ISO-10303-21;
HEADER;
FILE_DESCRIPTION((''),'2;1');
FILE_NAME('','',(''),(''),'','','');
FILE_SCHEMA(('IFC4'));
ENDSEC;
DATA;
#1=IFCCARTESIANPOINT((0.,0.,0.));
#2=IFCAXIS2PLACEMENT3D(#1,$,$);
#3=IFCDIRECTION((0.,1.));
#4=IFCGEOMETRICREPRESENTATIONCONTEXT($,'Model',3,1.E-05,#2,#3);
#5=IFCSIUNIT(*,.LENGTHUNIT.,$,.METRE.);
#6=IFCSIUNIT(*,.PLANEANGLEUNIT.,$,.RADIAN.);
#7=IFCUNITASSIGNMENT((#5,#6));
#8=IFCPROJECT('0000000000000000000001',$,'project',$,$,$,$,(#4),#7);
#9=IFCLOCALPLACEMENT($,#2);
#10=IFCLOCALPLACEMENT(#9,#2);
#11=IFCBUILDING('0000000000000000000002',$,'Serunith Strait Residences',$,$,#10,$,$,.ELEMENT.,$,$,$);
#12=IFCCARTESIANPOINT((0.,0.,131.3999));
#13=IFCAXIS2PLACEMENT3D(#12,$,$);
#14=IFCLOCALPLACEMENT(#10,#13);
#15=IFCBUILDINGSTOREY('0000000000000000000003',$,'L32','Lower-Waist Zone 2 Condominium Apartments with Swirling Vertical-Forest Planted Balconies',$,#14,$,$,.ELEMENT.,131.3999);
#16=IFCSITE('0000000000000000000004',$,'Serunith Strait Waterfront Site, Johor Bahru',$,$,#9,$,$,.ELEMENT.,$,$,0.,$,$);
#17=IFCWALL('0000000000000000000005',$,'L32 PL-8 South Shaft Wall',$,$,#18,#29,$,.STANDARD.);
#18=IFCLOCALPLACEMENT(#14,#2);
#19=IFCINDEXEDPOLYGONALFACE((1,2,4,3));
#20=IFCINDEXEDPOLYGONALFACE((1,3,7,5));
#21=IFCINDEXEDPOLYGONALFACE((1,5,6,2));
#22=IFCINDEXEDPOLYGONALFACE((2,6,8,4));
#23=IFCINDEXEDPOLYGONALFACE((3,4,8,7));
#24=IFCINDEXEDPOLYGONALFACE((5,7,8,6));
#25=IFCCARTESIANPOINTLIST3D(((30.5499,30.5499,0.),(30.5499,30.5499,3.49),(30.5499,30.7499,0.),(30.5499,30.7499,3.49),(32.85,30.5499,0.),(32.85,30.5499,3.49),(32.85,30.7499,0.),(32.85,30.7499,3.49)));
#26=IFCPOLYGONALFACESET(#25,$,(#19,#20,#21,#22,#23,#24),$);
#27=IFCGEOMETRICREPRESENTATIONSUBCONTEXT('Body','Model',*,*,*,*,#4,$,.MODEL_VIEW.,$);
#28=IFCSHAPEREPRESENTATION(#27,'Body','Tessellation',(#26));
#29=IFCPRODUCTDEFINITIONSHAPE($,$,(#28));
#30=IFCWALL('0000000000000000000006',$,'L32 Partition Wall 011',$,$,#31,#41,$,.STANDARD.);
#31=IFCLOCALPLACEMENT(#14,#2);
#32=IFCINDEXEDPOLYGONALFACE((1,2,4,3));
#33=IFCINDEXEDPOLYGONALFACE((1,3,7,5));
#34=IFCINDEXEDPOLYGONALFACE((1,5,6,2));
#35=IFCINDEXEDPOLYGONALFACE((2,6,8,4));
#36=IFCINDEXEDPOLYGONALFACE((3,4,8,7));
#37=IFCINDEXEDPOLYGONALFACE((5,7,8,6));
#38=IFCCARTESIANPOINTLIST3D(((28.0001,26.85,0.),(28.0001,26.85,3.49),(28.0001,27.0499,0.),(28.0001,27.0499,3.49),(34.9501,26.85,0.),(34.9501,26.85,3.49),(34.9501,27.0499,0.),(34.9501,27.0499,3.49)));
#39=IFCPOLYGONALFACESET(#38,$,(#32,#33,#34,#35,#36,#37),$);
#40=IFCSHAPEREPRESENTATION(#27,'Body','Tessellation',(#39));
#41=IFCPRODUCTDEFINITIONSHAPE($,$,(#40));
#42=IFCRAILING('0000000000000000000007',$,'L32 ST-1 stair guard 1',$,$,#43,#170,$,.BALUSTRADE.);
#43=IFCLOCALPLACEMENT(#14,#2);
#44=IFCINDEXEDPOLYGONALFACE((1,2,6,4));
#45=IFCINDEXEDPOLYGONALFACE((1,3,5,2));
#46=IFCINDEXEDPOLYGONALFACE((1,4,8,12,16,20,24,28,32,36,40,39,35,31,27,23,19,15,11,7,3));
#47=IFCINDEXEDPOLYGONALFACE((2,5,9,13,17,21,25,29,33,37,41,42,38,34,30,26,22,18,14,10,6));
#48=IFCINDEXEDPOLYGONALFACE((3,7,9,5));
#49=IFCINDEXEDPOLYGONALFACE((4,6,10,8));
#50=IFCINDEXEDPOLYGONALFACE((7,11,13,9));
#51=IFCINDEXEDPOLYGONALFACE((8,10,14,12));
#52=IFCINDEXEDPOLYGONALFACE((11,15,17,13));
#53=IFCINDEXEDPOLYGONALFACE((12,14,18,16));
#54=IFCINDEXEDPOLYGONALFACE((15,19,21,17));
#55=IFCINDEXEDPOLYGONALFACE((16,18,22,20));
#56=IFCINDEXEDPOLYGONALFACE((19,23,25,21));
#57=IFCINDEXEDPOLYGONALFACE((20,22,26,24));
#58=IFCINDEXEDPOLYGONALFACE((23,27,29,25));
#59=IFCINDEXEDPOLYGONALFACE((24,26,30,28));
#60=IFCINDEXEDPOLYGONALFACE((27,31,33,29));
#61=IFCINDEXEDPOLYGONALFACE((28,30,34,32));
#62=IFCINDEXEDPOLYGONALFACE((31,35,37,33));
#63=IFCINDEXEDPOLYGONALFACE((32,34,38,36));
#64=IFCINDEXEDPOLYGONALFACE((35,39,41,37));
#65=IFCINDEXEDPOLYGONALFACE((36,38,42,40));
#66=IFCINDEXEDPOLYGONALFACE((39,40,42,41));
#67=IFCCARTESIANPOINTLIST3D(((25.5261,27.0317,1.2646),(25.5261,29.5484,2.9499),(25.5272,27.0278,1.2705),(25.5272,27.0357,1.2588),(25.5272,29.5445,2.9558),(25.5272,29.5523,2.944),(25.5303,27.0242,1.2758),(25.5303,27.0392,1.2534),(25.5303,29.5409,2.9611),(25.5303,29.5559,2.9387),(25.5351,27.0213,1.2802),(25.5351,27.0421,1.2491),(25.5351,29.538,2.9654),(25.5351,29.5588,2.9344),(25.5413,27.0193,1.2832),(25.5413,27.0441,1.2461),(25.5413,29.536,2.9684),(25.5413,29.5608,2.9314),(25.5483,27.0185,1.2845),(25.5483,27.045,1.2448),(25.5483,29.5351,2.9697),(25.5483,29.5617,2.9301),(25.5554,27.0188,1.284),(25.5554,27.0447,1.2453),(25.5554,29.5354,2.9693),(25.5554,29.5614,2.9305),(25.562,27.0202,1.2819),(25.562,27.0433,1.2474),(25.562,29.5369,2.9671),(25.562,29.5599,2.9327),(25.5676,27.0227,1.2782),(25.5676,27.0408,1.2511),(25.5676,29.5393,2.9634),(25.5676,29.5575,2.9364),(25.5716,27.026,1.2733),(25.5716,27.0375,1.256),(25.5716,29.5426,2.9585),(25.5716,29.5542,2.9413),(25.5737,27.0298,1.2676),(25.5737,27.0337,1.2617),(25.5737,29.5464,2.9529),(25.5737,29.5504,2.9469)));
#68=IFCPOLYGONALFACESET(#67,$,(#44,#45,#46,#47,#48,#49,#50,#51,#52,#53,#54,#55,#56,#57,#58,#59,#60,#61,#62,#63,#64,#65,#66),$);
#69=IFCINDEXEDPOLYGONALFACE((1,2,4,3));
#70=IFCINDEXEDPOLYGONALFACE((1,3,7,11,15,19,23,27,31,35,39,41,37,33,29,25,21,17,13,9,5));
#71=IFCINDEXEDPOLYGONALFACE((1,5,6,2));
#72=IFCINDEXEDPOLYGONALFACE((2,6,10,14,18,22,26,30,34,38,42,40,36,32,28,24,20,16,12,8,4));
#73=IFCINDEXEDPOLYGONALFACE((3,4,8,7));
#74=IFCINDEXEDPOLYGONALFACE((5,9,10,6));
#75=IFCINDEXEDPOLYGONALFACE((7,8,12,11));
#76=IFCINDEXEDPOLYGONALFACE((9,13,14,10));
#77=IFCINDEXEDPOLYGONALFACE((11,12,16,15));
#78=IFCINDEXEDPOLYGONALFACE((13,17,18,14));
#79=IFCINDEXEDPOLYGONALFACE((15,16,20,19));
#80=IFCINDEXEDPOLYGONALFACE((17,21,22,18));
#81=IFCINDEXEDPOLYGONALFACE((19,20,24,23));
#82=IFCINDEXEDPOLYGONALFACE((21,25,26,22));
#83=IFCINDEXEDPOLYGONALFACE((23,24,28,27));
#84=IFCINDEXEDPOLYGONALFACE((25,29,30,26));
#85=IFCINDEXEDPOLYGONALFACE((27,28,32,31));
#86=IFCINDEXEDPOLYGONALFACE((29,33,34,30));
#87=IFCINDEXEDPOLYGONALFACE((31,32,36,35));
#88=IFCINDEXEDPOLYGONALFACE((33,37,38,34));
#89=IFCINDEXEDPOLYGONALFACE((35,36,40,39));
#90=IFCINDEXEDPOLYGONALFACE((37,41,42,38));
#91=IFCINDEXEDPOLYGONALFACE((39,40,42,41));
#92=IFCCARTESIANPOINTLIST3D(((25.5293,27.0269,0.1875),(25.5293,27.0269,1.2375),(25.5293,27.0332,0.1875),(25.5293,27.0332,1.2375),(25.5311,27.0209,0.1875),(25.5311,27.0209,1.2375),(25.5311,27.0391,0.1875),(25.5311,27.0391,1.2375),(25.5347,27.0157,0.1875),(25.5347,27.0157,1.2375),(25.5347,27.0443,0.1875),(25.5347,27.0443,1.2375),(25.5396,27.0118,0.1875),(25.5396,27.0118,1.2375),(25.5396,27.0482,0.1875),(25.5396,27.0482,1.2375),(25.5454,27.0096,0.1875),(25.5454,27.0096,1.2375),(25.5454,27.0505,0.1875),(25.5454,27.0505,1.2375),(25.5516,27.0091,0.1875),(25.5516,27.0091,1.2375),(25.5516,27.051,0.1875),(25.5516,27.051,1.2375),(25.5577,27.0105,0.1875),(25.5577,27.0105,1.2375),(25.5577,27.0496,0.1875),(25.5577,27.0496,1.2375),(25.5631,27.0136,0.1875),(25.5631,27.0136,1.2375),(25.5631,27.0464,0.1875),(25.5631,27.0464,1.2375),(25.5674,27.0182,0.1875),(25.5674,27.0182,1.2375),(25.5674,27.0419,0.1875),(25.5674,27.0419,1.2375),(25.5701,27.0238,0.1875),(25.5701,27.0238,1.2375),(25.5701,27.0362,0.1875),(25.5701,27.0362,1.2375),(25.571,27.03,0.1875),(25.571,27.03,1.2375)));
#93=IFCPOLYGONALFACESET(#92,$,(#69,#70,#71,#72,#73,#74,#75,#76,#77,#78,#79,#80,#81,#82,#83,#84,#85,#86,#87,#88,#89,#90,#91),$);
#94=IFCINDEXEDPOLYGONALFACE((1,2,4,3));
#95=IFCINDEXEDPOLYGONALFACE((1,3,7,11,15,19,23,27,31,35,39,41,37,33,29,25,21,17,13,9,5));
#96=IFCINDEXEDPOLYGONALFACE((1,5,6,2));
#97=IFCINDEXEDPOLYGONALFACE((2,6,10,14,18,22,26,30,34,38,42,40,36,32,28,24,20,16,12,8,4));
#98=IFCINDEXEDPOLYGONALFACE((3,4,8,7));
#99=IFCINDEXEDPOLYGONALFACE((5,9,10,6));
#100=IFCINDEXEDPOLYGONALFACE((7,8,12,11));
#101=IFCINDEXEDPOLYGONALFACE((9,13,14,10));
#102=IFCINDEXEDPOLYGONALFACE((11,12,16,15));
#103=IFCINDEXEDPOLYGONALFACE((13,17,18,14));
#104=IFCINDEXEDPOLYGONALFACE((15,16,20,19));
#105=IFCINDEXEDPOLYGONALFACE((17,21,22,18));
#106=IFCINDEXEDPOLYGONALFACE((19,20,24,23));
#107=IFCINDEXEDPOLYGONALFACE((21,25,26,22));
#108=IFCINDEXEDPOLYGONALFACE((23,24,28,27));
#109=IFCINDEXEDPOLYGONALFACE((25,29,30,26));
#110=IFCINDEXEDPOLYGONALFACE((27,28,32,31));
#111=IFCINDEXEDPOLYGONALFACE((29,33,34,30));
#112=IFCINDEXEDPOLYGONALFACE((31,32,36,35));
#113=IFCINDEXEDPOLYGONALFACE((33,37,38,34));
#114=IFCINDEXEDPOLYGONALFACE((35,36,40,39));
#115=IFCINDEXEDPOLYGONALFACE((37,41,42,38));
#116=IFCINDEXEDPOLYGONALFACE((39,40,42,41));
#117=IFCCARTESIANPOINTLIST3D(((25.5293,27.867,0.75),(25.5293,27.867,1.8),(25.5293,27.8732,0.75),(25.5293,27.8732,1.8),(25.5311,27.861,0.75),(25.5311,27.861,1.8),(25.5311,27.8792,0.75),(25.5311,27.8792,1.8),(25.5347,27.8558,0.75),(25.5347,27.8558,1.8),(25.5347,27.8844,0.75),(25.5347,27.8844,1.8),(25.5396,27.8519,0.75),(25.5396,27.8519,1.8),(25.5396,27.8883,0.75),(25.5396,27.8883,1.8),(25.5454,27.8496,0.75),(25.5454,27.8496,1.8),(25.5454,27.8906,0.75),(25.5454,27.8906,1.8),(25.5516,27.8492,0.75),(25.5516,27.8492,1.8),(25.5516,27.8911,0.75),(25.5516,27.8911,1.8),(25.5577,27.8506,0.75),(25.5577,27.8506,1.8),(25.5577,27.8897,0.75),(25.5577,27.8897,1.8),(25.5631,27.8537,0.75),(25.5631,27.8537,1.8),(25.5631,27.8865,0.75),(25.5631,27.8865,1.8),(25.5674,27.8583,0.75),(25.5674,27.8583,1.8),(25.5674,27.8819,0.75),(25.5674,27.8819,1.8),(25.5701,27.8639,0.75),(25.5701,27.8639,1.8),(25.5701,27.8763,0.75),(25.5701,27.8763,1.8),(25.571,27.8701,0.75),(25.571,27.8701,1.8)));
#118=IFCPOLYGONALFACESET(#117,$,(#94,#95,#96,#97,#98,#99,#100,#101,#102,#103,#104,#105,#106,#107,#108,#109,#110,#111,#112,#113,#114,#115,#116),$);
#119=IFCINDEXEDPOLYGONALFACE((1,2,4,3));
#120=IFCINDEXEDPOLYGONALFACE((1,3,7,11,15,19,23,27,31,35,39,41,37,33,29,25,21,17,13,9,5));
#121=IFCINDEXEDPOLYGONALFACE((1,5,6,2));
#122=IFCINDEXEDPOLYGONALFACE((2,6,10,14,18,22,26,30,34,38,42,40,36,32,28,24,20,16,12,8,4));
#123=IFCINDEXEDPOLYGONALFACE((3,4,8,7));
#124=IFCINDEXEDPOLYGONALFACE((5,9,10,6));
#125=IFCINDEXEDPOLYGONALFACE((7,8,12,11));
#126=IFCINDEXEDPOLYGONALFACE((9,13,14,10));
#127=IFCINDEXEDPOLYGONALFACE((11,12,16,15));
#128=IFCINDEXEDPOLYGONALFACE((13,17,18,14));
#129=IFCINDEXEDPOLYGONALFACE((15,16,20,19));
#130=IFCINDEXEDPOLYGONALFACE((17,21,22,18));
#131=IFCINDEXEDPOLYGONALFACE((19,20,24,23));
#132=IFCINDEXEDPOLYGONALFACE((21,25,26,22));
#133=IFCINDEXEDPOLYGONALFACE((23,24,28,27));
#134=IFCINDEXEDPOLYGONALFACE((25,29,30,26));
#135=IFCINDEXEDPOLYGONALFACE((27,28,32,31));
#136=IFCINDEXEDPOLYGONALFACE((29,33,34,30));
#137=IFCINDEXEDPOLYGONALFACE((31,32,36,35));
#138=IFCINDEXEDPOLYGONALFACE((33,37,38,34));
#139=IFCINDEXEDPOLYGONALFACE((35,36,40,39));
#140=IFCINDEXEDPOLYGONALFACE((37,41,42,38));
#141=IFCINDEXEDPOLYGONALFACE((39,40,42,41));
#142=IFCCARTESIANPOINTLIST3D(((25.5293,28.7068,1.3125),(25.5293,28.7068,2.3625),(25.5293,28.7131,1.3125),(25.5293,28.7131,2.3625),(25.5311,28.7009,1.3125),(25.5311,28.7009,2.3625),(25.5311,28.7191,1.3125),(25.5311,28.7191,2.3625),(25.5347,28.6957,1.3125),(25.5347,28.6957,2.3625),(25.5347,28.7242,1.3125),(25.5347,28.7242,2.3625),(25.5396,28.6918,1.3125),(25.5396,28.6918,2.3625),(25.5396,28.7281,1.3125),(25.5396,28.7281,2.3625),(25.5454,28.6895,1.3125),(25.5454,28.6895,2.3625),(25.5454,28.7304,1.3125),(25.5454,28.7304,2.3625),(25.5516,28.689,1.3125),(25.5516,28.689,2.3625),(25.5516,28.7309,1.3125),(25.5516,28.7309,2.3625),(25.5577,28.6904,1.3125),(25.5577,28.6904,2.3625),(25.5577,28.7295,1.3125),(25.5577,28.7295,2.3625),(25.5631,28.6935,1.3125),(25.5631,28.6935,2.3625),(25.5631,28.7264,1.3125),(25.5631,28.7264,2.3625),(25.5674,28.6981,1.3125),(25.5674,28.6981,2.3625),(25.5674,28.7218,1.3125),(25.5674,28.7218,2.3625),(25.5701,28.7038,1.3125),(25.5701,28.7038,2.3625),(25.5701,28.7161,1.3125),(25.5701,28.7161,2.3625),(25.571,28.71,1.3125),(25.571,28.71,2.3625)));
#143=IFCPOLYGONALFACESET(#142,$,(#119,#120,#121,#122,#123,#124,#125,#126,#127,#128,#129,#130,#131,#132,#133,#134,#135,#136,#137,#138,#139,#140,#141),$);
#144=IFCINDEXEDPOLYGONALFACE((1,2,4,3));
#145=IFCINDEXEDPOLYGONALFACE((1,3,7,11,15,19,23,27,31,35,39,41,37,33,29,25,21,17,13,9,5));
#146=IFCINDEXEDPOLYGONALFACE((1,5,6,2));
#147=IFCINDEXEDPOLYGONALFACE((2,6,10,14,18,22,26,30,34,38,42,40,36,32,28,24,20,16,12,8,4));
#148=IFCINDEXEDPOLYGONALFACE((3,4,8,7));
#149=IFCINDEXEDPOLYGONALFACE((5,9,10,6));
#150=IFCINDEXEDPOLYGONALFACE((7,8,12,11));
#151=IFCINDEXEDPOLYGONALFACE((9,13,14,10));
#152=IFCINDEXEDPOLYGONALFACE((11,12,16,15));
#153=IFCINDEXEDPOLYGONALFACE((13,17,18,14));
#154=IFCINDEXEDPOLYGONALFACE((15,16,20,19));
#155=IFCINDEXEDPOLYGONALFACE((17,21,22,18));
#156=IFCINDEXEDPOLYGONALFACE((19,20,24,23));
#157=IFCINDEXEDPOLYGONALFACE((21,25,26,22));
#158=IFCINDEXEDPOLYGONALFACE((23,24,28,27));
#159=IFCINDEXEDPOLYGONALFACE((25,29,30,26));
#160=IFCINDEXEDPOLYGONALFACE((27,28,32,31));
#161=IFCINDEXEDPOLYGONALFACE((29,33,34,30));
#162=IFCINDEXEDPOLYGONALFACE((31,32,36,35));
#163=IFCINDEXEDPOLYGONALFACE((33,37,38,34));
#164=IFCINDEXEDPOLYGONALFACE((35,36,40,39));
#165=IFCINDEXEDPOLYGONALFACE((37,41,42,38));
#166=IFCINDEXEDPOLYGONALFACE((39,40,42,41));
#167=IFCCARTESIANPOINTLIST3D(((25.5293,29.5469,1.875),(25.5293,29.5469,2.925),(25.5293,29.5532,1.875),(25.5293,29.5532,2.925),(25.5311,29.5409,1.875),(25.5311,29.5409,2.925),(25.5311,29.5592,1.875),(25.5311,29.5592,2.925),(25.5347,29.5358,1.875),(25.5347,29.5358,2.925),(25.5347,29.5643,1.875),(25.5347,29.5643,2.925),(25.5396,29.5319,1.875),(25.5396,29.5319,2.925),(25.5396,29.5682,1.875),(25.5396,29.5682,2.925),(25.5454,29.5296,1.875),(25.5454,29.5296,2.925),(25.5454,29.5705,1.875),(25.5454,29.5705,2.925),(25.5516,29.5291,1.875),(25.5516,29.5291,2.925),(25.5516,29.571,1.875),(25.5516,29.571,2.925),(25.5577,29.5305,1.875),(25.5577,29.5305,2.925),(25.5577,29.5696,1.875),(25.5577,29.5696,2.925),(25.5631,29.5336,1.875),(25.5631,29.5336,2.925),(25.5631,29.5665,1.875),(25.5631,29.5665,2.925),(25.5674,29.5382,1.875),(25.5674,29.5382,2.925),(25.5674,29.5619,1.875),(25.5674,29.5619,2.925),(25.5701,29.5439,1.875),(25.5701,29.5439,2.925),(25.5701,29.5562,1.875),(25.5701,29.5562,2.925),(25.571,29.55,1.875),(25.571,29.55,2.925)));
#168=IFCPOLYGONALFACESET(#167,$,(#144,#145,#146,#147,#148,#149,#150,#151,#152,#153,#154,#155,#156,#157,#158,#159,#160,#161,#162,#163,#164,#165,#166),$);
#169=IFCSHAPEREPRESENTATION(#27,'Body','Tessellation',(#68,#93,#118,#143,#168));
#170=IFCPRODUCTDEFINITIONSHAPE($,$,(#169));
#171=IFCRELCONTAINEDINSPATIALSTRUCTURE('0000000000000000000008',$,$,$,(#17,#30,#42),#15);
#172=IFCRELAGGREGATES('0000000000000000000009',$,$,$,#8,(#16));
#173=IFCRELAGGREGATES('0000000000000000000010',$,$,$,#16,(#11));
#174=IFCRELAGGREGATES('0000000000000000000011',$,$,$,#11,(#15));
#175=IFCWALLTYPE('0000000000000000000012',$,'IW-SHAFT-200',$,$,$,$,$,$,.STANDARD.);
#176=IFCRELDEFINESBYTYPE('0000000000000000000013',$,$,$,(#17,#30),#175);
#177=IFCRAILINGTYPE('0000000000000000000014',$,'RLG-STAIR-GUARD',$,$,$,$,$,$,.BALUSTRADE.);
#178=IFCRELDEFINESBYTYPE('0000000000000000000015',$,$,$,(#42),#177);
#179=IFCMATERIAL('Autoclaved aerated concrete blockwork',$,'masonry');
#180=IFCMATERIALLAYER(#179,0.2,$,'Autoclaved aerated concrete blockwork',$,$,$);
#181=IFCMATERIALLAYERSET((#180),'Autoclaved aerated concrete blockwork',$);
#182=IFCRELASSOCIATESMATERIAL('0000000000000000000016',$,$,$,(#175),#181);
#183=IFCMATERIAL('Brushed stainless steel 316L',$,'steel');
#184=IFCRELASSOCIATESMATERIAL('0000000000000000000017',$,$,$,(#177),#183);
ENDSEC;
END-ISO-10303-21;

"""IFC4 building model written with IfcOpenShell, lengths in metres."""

from ifc_helpers import new_model, si_unit, direction, frame, frame_2d, origin, origin_2d, place, context, subcontext, project, spatial, rectangle, circle, extrude, material, layer, layer_set, type_object, element, save


model = new_model("IFC4")

# Units and contexts
model_context = context("Model", 3, precision=1e-05, world=origin(), true_north=direction((0.0, 1.0)))
body_context = subcontext(model_context, "Body", "Model", "MODEL_VIEW")
ifc_project = project(units=[si_unit("LENGTHUNIT", "METRE"), si_unit("PLANEANGLEUNIT", "RADIAN")], contexts=[model_context])

# Site, building, storey
site_placement = place(None, origin())
site = spatial("IfcSite", under=ifc_project, at=site_placement, Name="Serunith Strait Waterfront Site, Johor Bahru", CompositionType="ELEMENT", RefElevation=0.0)
building_placement = place(site_placement, origin())
building = spatial("IfcBuilding", under=site, at=building_placement, Name="Serunith Strait Residences", CompositionType="ELEMENT")
storey_placement = place(building_placement, frame((0.0, 0.0, 131.3999)))
storey = spatial("IfcBuildingStorey", under=building, at=storey_placement, Name="L32", Description="Lower-Waist Zone 2 Condominium Apartments with Swirling Vertical-Forest Planted Balconies", CompositionType="ELEMENT", Elevation=131.3999)

# Shared definitions
ifc_material_1 = material(Name="Autoclaved aerated concrete blockwork", Category="masonry")
ifc_layer_1 = layer(ifc_material_1, 0.2, Name="Autoclaved aerated concrete blockwork")
ifc_layer_set_1 = layer_set([ifc_layer_1], Name="Autoclaved aerated concrete blockwork")
wall_type_1 = type_object("IfcWallType", Name="IW-SHAFT-200", PredefinedType="STANDARD", material=ifc_layer_set_1)

# Walls
wall_1_placement = place(storey_placement, frame((30.55, 30.6499, 0.0), z_axis=(0.0, 0.0, 1.0), x_axis=(1.0, 0.0, 0.0)))
element("IfcWall", 1, at=wall_1_placement, inside=storey, type_object=wall_type_1, Name="L32 PL-8 South Shaft Wall", PredefinedType="STANDARD", context=body_context, shape_type="SweptSolid", body=[
    extrude(rectangle(XDim=2.3, YDim=0.2, at=frame_2d((1.1499, 0.0))), origin(), (0.0, 0.0, 1.0), 3.49),
])
wall_2_placement = place(storey_placement, frame((28.0, 26.95, 0.0), z_axis=(0.0, 0.0, 1.0), x_axis=(1.0, 0.0, 0.0)))
element("IfcWall", 2, at=wall_2_placement, inside=storey, type_object=wall_type_1, Name="L32 Partition Wall 011", PredefinedType="STANDARD", context=body_context, shape_type="SweptSolid", body=[
    extrude(rectangle(XDim=6.95, YDim=0.2, at=frame_2d((3.4751, 0.0))), origin(), (0.0, 0.0, 1.0), 3.49),
])

# Railing
ifc_material_2 = material(Name="Brushed stainless steel 316L", Category="steel")
railing_type_1 = type_object("IfcRailingType", Name="RLG-STAIR-GUARD", PredefinedType="BALUSTRADE", material=ifc_material_2)
railing_1_placement = place(storey_placement, frame((25.55, 27.03, 0.1875)))
element("IfcRailing", 3, at=railing_1_placement, inside=storey, type_object=railing_type_1, Name="L32 ST-1 stair guard 1", PredefinedType="BALUSTRADE", context=body_context, shape_type="SweptSolid", body=[
    extrude(circle(Radius=0.0239, at=origin_2d()), frame((0.0, 0.0017, 1.0771), z_axis=(0.0, 0.830909, 0.556408), x_axis=(-1.0, 0.0, 0.0)), (0.0, 0.0, 1.0), 3.0288),
    extrude(circle(Radius=0.021, at=origin_2d()), origin(), (0.0, 0.0, 1.0), 1.05),
    extrude(circle(Radius=0.021, at=origin_2d()), frame((0.0, 0.8401, 0.5625)), (0.0, 0.0, 1.0), 1.05),
    extrude(circle(Radius=0.021, at=origin_2d()), frame((0.0, 1.6799, 1.125)), (0.0, 0.0, 1.0), 1.05),
    extrude(circle(Radius=0.021, at=origin_2d()), frame((0.0, 2.52, 1.6875)), (0.0, 0.0, 1.0), 1.05),
])

save(model, "model.ifc")
